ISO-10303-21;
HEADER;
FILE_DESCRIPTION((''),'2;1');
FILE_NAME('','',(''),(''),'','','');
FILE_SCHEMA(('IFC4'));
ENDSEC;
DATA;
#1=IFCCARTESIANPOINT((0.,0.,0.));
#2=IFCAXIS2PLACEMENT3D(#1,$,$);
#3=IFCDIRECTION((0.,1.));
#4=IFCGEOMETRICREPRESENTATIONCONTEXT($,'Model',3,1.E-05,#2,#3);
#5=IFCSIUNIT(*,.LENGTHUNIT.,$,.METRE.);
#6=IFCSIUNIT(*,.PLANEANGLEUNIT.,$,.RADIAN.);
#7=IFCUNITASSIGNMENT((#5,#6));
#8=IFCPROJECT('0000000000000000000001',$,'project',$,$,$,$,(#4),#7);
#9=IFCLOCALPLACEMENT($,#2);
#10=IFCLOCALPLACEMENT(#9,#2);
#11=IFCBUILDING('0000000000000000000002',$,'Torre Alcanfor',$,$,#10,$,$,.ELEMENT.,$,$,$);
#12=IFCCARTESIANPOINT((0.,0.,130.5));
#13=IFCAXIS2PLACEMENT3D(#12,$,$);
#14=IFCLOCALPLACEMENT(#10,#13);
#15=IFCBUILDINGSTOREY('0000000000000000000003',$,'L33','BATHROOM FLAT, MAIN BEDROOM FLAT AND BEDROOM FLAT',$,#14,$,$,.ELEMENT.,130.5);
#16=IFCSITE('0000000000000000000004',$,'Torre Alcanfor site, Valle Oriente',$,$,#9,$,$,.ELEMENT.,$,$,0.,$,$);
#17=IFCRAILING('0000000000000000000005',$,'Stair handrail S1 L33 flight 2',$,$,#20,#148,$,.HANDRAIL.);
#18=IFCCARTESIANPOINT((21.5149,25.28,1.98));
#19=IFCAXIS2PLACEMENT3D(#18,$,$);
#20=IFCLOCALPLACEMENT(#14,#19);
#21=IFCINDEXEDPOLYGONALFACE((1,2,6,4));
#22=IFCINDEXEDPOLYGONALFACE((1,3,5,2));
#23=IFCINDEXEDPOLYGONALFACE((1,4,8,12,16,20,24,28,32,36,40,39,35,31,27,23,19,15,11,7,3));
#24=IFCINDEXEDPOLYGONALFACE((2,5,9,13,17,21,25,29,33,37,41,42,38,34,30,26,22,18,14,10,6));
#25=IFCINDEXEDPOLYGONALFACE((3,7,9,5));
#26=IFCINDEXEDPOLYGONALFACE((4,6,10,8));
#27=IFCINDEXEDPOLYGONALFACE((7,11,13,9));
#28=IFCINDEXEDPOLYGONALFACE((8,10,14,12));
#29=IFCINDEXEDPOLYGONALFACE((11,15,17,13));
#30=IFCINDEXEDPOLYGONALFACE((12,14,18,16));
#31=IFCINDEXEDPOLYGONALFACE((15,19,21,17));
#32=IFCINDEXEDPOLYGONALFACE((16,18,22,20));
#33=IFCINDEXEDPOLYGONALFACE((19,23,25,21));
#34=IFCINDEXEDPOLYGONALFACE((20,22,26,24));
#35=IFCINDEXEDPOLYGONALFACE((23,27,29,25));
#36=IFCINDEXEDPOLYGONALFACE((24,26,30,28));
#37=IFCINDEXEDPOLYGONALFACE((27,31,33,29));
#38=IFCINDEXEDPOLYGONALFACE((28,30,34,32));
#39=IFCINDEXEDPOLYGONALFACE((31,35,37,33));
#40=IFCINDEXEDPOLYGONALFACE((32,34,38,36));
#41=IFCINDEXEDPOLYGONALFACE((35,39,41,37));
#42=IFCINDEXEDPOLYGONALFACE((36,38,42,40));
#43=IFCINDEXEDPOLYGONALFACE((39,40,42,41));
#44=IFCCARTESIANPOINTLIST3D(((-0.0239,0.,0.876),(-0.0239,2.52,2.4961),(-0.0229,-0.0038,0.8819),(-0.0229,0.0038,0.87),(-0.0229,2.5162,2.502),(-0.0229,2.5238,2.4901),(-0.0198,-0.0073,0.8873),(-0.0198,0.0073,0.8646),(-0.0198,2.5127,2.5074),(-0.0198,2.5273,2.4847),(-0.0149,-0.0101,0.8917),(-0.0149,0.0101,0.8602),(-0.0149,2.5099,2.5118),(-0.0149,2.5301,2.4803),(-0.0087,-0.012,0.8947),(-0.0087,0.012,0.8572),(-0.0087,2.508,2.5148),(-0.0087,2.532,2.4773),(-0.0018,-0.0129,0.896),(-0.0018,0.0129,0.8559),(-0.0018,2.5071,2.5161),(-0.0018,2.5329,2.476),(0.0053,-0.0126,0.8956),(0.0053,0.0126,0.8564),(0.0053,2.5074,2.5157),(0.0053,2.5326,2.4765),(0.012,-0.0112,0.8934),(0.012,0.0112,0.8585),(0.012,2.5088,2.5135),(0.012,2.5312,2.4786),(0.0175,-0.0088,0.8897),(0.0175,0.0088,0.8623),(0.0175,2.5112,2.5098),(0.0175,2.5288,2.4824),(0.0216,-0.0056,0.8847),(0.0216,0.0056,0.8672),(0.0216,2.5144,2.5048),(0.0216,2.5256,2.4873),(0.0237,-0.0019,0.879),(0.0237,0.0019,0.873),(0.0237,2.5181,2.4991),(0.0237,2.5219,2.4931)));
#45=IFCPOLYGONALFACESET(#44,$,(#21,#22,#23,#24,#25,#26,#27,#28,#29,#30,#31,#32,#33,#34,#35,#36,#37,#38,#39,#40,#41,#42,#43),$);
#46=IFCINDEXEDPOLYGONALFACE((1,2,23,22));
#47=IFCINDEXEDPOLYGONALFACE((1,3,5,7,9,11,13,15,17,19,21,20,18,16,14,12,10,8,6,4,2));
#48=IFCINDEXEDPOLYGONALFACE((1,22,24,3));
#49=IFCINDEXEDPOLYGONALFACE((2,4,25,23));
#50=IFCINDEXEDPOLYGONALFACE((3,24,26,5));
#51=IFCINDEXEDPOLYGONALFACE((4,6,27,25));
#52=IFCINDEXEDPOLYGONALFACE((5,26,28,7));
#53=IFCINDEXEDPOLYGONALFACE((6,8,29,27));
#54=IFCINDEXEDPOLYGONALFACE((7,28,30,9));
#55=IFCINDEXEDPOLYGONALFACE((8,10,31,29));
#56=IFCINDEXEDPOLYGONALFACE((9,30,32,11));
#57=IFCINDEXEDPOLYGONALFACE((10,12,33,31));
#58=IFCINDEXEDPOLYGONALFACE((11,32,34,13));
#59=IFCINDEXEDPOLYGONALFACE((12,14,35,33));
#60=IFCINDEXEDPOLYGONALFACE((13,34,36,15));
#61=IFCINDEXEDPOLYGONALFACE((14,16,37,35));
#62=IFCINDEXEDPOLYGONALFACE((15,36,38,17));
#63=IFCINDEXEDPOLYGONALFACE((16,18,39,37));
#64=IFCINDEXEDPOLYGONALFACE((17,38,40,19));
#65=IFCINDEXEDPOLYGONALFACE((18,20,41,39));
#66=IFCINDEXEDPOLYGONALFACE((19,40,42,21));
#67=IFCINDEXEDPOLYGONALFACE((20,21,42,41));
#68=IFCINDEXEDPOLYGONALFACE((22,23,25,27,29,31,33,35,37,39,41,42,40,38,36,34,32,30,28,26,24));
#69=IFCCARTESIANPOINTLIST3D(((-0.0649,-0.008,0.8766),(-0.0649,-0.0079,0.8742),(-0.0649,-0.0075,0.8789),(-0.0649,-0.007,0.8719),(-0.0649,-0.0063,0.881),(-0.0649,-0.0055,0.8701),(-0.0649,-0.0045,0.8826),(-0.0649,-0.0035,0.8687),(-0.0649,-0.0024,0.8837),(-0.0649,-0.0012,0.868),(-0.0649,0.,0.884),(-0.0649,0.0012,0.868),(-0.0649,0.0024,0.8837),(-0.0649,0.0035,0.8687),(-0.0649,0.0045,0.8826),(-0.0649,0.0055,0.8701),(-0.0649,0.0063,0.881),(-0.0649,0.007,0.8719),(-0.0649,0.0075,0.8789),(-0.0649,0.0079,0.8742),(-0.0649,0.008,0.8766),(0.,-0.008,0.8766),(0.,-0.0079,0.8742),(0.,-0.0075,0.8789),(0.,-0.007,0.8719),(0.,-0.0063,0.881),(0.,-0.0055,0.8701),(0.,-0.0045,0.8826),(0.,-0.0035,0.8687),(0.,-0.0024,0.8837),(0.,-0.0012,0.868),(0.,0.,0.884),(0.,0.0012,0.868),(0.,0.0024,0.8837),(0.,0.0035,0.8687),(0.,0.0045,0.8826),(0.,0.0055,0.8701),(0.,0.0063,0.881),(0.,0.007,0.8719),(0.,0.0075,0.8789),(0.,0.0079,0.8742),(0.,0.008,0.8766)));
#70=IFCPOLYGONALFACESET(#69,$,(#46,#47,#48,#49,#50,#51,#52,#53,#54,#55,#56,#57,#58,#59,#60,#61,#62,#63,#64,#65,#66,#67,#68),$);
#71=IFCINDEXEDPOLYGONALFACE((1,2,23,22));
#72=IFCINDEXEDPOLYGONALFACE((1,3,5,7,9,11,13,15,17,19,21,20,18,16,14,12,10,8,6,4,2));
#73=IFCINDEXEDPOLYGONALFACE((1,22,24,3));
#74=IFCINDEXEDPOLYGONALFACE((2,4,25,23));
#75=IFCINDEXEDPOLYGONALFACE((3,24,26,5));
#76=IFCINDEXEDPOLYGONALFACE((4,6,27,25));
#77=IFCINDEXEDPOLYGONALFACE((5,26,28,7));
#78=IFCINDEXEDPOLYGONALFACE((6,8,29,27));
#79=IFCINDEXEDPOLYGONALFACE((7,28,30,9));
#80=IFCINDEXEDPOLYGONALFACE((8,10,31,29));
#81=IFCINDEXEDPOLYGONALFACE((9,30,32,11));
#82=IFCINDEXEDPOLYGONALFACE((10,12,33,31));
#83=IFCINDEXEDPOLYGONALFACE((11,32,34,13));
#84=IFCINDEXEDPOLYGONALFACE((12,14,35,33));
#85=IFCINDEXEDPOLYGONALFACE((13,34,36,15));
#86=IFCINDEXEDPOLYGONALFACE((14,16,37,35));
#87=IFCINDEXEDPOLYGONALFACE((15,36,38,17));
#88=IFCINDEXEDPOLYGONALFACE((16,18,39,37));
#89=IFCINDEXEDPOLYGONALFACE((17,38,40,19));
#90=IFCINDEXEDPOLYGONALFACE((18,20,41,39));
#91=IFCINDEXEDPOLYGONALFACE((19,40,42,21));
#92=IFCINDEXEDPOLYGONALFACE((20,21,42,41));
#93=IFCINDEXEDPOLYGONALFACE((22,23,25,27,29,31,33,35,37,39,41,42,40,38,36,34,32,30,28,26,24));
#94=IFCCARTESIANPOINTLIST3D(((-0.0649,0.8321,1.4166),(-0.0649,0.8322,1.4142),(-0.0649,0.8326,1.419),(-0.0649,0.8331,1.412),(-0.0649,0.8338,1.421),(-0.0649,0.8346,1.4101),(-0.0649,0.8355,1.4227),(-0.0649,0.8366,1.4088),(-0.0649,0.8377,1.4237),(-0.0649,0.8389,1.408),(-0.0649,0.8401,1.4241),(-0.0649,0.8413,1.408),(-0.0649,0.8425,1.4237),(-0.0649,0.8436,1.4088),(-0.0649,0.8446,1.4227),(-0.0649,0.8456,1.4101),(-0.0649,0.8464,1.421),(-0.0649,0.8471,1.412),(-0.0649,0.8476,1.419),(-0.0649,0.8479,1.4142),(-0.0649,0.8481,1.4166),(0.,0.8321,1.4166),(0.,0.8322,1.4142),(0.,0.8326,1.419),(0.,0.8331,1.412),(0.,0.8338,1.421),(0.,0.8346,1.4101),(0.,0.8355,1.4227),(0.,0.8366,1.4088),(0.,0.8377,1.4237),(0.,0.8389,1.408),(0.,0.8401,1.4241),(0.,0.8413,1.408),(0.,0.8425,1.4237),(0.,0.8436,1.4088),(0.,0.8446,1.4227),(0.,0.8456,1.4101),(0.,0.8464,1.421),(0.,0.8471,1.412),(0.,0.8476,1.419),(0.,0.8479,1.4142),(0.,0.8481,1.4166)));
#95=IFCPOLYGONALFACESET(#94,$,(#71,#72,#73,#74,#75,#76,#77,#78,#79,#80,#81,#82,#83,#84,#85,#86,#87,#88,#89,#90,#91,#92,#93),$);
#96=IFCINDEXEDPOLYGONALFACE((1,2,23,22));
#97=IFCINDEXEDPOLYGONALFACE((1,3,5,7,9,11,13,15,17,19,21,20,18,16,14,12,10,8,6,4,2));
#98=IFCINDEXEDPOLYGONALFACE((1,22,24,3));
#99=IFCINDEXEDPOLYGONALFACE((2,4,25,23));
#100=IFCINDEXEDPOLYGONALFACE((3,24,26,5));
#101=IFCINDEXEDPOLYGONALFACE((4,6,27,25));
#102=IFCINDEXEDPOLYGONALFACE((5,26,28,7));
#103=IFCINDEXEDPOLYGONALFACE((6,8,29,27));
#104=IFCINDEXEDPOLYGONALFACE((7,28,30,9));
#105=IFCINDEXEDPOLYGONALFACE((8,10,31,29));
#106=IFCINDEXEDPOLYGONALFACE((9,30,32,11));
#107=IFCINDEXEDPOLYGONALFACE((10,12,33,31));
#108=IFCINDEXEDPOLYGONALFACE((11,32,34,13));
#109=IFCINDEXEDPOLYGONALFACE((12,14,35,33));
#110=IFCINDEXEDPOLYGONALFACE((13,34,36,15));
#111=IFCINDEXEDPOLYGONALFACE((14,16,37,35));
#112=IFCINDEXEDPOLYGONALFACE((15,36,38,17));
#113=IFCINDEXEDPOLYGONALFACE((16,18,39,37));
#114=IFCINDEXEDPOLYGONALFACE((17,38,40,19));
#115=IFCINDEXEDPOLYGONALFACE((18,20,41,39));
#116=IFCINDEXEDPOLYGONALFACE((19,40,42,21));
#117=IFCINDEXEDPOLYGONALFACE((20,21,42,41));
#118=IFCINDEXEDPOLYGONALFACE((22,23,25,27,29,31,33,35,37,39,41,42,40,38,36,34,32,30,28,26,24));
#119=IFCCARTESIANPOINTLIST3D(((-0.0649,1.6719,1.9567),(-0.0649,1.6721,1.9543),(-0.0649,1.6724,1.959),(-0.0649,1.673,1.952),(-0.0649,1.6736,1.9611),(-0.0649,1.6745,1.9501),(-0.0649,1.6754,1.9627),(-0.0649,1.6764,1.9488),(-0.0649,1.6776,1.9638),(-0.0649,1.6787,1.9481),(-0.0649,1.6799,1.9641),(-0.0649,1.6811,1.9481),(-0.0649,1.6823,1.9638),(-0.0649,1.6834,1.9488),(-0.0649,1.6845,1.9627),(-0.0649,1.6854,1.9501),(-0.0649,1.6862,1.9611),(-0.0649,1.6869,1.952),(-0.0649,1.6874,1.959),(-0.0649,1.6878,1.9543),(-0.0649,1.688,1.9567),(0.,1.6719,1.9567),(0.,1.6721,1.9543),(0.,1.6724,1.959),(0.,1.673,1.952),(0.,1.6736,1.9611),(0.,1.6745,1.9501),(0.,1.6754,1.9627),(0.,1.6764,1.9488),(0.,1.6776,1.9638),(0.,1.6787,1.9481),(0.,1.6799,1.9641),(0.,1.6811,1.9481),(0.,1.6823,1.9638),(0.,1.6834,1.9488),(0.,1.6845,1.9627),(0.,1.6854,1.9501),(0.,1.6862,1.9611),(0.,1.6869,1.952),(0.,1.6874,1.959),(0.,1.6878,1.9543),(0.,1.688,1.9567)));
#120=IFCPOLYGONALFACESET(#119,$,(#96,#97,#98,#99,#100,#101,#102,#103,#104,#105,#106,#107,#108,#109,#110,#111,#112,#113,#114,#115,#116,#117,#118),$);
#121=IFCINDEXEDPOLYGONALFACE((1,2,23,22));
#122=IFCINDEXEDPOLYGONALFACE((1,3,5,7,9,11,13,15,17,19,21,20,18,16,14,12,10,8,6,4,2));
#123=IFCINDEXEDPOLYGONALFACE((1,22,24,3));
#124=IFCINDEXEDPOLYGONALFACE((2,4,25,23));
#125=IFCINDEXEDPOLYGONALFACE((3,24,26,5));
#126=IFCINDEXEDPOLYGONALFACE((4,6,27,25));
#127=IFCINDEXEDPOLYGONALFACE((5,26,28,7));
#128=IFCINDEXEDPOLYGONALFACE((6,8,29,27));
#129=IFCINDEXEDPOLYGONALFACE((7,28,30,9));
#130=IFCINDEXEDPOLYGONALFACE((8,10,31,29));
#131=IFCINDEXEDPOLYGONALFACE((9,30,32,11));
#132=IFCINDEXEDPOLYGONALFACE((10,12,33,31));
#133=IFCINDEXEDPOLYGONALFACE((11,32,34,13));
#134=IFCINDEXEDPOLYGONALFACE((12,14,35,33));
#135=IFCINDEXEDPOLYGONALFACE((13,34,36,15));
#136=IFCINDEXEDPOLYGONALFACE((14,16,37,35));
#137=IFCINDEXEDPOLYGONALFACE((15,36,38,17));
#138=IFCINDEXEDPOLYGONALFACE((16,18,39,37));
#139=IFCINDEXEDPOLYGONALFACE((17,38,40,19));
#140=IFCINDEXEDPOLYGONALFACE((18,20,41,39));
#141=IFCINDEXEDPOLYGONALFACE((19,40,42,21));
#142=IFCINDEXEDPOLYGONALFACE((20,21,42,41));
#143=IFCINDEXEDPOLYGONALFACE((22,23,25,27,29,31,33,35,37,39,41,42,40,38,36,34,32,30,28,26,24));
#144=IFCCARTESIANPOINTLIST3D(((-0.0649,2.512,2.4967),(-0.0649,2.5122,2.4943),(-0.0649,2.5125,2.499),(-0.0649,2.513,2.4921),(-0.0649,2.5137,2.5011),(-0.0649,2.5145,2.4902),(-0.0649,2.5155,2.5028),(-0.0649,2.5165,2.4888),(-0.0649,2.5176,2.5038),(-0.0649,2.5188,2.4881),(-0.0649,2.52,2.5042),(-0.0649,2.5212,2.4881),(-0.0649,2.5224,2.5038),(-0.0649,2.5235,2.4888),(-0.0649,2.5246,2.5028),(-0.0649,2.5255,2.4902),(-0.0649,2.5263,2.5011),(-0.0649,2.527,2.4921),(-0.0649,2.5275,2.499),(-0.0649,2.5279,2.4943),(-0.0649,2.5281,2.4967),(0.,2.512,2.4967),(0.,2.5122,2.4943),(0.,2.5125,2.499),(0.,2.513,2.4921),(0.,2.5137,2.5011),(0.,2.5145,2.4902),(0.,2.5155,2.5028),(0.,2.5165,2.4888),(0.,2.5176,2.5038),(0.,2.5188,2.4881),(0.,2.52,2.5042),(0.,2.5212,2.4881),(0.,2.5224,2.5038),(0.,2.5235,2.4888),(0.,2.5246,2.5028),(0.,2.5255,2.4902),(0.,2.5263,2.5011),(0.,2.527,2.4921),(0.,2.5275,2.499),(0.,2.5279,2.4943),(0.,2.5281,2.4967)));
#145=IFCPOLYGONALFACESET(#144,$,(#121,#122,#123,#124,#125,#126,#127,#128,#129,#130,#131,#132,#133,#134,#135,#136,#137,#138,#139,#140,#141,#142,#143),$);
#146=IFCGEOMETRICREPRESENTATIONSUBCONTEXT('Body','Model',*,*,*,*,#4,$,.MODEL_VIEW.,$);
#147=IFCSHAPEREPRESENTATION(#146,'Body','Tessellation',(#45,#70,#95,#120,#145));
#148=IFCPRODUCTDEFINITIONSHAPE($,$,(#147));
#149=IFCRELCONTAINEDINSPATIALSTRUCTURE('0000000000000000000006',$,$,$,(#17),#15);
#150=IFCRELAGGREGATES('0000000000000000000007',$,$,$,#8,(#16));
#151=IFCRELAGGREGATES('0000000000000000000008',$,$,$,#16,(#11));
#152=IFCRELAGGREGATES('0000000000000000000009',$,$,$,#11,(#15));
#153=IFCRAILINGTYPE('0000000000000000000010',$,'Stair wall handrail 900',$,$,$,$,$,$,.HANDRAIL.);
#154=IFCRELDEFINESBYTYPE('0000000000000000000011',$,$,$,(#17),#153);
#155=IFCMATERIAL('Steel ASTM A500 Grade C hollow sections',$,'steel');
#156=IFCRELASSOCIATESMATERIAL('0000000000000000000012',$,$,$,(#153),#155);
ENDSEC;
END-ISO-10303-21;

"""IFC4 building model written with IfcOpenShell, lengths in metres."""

from ifc_helpers import new_model, si_unit, direction, frame, origin, origin_2d, place, context, subcontext, project, spatial, circle, extrude, material, type_object, element, save


model = new_model("IFC4")

# Units and contexts
model_context = context("Model", 3, precision=1e-05, world=origin(), true_north=direction((0.0, 1.0)))
body_context = subcontext(model_context, "Body", "Model", "MODEL_VIEW")
ifc_project = project(units=[si_unit("LENGTHUNIT", "METRE"), si_unit("PLANEANGLEUNIT", "RADIAN")], contexts=[model_context])

# Site, building, storey
site_placement = place(None, origin())
site = spatial("IfcSite", under=ifc_project, at=site_placement, Name="Torre Alcanfor site, Valle Oriente", CompositionType="ELEMENT", RefElevation=0.0)
building_placement = place(site_placement, origin())
building = spatial("IfcBuilding", under=site, at=building_placement, Name="Torre Alcanfor", CompositionType="ELEMENT")
storey_placement = place(building_placement, frame((0.0, 0.0, 130.5)))
storey = spatial("IfcBuildingStorey", under=building, at=storey_placement, Name="L33", Description="BATHROOM FLAT, MAIN BEDROOM FLAT AND BEDROOM FLAT", CompositionType="ELEMENT", Elevation=130.5)

# Railing
ifc_material_1 = material(Name="Steel ASTM A500 Grade C hollow sections", Category="steel")
railing_type_1 = type_object("IfcRailingType", Name="Stair wall handrail 900", PredefinedType="HANDRAIL", material=ifc_material_1)
railing_1_placement = place(storey_placement, frame((21.5149, 25.28, 1.98)))
element("IfcRailing", 1, at=railing_1_placement, inside=storey, type_object=railing_type_1, Name="Stair handrail S1 L33 flight 2", PredefinedType="HANDRAIL", context=body_context, shape_type="SweptSolid", body=[
    extrude(circle(Radius=0.0239, at=origin_2d()), frame((0.0, 0.0, 0.876), z_axis=(0.0, 0.841163, 0.540782), x_axis=(-1.0, 0.0, 0.0)), (0.0, 0.0, 1.0), 2.9958),
    extrude(circle(Radius=0.0081, at=origin_2d()), frame((0.0, 0.0, 0.876), z_axis=(-1.0, 0.0, 0.0), x_axis=(0.0, 0.0, 1.0)), (0.0, 0.0, 1.0), 0.0649),
    extrude(circle(Radius=0.0081, at=origin_2d()), frame((0.0, 0.8401, 1.416), z_axis=(-1.0, 0.0, 0.0), x_axis=(0.0, 0.0, 1.0)), (0.0, 0.0, 1.0), 0.0649),
    extrude(circle(Radius=0.0081, at=origin_2d()), frame((0.0, 1.6799, 1.9561), z_axis=(-1.0, 0.0, 0.0), x_axis=(0.0, 0.0, 1.0)), (0.0, 0.0, 1.0), 0.0649),
    extrude(circle(Radius=0.0081, at=origin_2d()), frame((0.0, 2.52, 2.4961), z_axis=(-1.0, 0.0, 0.0), x_axis=(0.0, 0.0, 1.0)), (0.0, 0.0, 1.0), 0.0649),
])

save(model, "model.ifc")
